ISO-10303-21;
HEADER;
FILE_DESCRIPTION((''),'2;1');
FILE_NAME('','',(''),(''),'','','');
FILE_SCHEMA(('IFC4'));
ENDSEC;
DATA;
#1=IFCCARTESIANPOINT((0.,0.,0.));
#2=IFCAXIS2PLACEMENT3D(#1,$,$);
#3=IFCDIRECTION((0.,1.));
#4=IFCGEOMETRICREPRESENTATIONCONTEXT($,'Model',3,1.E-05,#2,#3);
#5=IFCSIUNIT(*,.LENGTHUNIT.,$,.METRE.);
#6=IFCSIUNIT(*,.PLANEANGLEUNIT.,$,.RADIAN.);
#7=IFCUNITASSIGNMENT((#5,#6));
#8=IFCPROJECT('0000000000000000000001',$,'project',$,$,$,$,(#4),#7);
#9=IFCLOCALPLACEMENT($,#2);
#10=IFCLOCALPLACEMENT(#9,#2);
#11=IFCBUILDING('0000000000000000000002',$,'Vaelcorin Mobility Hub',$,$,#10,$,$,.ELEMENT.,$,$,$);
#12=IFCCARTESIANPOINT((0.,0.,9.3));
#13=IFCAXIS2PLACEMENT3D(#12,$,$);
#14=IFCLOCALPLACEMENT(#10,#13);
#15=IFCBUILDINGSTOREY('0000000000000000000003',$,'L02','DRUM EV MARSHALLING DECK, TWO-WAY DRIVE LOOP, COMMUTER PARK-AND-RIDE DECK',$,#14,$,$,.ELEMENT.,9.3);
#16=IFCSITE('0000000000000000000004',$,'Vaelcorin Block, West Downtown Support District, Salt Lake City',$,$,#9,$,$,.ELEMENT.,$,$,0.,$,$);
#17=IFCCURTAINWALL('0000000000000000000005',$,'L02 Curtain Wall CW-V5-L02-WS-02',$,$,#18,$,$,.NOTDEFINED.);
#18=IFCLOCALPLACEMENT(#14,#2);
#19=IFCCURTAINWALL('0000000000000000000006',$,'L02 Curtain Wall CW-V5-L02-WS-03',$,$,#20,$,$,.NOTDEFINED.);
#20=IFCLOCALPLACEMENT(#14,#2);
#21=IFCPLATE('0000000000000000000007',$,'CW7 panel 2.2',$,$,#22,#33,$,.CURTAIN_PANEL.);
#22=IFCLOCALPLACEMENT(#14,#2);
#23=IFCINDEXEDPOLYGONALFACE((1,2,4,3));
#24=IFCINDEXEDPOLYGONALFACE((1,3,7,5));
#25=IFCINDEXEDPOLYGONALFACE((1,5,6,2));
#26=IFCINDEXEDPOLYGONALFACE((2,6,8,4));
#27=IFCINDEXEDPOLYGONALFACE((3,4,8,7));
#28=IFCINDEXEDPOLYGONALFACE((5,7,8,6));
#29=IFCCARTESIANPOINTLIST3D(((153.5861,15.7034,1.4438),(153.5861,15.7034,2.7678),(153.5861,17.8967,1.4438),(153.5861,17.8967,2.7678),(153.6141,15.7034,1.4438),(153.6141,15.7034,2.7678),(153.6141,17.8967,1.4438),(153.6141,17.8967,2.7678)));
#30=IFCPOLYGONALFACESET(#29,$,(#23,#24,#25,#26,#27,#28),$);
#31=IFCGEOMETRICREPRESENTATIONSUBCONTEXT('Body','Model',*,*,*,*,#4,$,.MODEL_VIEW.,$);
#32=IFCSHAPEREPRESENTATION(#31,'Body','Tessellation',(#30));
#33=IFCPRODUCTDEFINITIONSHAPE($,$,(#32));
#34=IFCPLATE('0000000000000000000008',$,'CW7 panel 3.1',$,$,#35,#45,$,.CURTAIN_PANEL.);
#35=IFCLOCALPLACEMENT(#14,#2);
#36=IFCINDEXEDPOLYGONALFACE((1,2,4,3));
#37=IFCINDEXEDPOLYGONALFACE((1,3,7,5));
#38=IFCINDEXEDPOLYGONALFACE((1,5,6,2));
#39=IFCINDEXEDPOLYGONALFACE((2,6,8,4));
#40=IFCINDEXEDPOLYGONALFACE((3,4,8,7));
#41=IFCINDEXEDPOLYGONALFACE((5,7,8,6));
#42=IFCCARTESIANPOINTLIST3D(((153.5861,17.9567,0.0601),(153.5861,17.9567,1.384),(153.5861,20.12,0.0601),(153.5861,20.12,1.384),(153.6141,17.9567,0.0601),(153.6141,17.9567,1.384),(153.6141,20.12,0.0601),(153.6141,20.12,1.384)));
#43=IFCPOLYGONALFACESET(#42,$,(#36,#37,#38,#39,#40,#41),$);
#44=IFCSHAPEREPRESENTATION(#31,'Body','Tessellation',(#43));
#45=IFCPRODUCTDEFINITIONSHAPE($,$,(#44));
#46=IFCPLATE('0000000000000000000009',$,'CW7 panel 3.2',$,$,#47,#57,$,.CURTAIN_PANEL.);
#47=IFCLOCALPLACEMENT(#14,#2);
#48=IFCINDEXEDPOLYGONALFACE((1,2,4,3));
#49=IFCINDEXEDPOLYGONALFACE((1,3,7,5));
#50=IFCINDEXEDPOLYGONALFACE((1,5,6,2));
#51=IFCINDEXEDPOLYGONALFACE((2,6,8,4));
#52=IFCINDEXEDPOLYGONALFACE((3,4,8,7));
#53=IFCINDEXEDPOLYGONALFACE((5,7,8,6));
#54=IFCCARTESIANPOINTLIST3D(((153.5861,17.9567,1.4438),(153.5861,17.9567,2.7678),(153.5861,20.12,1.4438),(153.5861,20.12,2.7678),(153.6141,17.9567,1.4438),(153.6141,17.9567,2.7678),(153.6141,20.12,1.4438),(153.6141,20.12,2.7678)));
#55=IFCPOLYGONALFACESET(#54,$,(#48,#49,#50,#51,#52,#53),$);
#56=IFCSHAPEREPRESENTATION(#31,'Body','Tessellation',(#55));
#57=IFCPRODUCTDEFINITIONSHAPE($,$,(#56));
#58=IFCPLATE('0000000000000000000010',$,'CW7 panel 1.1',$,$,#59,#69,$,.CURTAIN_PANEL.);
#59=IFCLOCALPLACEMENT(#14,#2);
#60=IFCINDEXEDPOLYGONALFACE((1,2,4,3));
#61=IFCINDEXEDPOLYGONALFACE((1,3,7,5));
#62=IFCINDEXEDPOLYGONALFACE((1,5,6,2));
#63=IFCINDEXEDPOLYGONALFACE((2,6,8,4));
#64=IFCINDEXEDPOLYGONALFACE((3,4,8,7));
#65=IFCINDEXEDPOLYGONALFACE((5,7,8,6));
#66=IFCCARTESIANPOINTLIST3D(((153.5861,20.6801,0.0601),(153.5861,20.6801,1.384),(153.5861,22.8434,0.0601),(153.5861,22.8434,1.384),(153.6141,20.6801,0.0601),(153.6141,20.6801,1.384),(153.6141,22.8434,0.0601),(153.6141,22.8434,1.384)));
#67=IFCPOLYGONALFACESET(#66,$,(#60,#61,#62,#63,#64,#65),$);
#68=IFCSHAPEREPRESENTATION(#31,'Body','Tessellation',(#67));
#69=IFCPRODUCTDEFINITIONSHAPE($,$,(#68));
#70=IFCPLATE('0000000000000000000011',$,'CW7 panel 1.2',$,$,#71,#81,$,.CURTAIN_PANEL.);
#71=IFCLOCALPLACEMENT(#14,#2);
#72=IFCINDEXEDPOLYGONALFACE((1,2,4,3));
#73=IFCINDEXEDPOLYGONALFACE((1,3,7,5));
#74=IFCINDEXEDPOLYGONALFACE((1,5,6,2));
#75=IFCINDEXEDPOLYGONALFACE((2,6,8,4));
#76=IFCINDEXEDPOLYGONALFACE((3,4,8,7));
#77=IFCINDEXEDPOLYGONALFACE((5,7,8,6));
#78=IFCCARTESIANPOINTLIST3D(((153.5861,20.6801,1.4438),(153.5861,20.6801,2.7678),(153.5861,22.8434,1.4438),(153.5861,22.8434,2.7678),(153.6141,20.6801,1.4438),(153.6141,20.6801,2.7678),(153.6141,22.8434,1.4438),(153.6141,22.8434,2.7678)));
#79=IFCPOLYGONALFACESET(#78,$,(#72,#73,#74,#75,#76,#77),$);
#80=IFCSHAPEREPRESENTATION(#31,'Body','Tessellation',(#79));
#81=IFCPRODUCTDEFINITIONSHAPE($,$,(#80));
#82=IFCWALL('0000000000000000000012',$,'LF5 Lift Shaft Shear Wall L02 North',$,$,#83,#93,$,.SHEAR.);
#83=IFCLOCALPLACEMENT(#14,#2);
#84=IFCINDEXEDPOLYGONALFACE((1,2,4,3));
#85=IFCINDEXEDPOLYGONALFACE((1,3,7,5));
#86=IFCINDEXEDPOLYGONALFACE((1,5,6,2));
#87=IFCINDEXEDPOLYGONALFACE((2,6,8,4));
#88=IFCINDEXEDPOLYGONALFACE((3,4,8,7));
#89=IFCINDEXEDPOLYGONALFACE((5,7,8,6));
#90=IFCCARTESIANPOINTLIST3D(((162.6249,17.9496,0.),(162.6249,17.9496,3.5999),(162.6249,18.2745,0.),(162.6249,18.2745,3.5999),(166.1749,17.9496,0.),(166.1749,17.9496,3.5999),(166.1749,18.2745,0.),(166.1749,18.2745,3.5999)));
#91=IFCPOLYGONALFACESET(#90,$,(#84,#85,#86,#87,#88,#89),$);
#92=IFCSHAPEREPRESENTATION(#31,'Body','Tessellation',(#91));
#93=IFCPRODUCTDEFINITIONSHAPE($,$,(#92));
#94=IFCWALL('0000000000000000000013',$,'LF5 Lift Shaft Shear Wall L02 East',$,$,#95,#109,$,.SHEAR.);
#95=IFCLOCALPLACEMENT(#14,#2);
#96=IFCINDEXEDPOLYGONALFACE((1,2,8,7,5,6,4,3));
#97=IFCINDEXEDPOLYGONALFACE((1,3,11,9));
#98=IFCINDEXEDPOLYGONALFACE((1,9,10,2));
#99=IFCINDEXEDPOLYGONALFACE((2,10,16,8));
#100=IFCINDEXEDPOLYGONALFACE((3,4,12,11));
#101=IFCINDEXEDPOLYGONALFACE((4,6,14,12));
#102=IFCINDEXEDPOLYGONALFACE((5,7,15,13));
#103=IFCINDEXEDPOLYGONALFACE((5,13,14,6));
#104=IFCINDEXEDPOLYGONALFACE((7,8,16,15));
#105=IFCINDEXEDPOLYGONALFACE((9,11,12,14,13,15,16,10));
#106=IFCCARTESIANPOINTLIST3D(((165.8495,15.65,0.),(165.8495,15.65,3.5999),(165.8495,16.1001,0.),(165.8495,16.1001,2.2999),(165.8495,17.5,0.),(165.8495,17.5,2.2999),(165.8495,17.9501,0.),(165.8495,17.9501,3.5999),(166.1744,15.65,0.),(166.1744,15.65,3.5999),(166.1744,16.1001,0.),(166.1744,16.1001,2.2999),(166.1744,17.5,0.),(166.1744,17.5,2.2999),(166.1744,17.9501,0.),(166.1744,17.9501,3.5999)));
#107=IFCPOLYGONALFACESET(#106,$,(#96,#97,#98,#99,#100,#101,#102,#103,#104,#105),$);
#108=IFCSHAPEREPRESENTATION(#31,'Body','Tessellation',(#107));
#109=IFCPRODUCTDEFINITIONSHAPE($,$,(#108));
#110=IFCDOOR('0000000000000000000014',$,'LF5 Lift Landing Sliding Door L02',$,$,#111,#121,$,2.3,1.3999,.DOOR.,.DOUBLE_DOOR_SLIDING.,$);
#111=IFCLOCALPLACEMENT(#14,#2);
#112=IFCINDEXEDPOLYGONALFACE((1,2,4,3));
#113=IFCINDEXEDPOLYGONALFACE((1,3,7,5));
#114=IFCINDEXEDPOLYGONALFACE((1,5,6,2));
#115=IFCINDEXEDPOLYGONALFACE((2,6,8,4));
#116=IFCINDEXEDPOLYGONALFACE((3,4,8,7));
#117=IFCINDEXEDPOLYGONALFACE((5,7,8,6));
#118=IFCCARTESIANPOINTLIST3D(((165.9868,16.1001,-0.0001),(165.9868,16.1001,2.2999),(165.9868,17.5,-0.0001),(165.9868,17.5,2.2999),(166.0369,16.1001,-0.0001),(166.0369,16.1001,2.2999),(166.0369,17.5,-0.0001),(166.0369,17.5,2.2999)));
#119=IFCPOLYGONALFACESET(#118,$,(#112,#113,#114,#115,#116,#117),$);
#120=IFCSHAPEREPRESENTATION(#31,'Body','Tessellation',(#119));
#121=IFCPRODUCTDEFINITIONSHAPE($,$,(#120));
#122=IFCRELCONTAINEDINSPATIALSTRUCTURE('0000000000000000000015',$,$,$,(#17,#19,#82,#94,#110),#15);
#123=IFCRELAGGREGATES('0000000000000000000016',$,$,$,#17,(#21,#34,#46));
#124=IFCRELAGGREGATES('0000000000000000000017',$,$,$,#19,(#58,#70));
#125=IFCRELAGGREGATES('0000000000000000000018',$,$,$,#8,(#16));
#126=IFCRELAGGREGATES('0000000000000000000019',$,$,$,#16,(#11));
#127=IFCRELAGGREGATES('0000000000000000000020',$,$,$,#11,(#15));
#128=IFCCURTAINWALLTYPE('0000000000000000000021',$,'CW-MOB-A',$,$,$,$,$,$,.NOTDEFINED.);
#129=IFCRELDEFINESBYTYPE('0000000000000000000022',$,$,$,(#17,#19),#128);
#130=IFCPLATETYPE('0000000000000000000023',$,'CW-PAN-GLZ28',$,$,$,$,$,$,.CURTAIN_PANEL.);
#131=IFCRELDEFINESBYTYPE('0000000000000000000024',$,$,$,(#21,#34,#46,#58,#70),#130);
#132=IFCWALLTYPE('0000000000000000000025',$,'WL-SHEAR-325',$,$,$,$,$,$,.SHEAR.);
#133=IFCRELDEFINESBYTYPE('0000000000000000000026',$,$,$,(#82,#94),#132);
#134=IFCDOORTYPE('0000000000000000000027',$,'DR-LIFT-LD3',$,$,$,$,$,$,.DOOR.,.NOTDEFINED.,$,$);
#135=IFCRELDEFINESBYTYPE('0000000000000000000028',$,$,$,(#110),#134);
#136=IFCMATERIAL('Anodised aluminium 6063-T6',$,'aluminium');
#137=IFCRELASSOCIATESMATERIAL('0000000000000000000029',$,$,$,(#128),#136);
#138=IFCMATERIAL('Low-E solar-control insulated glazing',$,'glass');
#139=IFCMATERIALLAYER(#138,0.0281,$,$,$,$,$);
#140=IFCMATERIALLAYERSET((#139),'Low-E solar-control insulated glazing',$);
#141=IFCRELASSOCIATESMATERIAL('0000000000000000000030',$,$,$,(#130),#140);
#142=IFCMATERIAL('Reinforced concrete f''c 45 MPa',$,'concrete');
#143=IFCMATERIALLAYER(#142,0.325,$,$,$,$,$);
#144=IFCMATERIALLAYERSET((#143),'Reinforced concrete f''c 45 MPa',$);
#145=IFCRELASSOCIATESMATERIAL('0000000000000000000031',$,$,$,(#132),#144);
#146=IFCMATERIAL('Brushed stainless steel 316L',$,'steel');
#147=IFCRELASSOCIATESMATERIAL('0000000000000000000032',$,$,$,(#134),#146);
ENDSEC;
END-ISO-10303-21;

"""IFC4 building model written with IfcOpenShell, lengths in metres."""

from ifc_helpers import new_model, si_unit, direction, frame, frame_2d, origin, origin_2d, place, context, subcontext, project, spatial, rectangle, extrude, material, layer, layer_set, type_object, element, fill, aggregate, save


model = new_model("IFC4")

# Units and contexts
model_context = context("Model", 3, precision=1e-05, world=origin(), true_north=direction((0.0, 1.0)))
body_context = subcontext(model_context, "Body", "Model", "MODEL_VIEW")
ifc_project = project(units=[si_unit("LENGTHUNIT", "METRE"), si_unit("PLANEANGLEUNIT", "RADIAN")], contexts=[model_context])

# Site, building, storey
site_placement = place(None, origin())
site = spatial("IfcSite", under=ifc_project, at=site_placement, Name="Vaelcorin Block, West Downtown Support District, Salt Lake City", CompositionType="ELEMENT", RefElevation=0.0)
building_placement = place(site_placement, origin())
building = spatial("IfcBuilding", under=site, at=building_placement, Name="Vaelcorin Mobility Hub", CompositionType="ELEMENT")
storey_placement = place(building_placement, frame((0.0, 0.0, 9.3)))
storey = spatial("IfcBuildingStorey", under=building, at=storey_placement, Name="L02", Description="DRUM EV MARSHALLING DECK, TWO-WAY DRIVE LOOP, COMMUTER PARK-AND-RIDE DECK", CompositionType="ELEMENT", Elevation=9.3)

# Curtain walls
ifc_material_1 = material(Name="Anodised aluminium 6063-T6", Category="aluminium")
curtain_wall_type = type_object("IfcCurtainWallType", Name="CW-MOB-A", PredefinedType="NOTDEFINED", material=ifc_material_1)
curtain_wall_1_placement = place(storey_placement, origin())
curtain_wall_1 = element("IfcCurtainWall", 1, at=curtain_wall_1_placement, inside=storey, type_object=curtain_wall_type, Name="L02 Curtain Wall CW-V5-L02-WS-02", PredefinedType="NOTDEFINED")
curtain_wall_2_placement = place(storey_placement, origin())
curtain_wall_2 = element("IfcCurtainWall", 2, at=curtain_wall_2_placement, inside=storey, type_object=curtain_wall_type, Name="L02 Curtain Wall CW-V5-L02-WS-03", PredefinedType="NOTDEFINED")

# Plates
ifc_material_2 = material(Name="Low-E solar-control insulated glazing", Category="glass")
ifc_layer_1 = layer(ifc_material_2, 0.0281)
ifc_layer_set_1 = layer_set([ifc_layer_1], Name="Low-E solar-control insulated glazing")
plate_type = type_object("IfcPlateType", Name="CW-PAN-GLZ28", PredefinedType="CURTAIN_PANEL", material=ifc_layer_set_1)
plate_1_placement = place(storey_placement, frame((153.6001, 16.8, 1.4438), z_axis=(0.0, 0.0, 1.0), x_axis=(0.0, 1.0, 0.0)))
plate_1 = element("IfcPlate", 3, at=plate_1_placement, type_object=plate_type, Name="CW7 panel 2.2", PredefinedType="CURTAIN_PANEL", context=body_context, shape_type="SweptSolid", body=[
    extrude(rectangle(XDim=2.1934, YDim=0.0281, at=origin_2d()), origin(), (0.0, 0.0, 1.0), 1.324),
])
plate_2_placement = place(storey_placement, frame((153.6001, 19.0383, 0.0601), z_axis=(0.0, 0.0, 1.0), x_axis=(0.0, 1.0, 0.0)))
plate_2 = element("IfcPlate", 4, at=plate_2_placement, type_object=plate_type, Name="CW7 panel 3.1", PredefinedType="CURTAIN_PANEL", context=body_context, shape_type="SweptSolid", body=[
    extrude(rectangle(XDim=2.1633, YDim=0.0281, at=origin_2d()), origin(), (0.0, 0.0, 1.0), 1.324),
])
plate_3_placement = place(storey_placement, frame((153.6001, 19.0383, 1.4438), z_axis=(0.0, 0.0, 1.0), x_axis=(0.0, 1.0, 0.0)))
plate_3 = element("IfcPlate", 5, at=plate_3_placement, type_object=plate_type, Name="CW7 panel 3.2", PredefinedType="CURTAIN_PANEL", context=body_context, shape_type="SweptSolid", body=[
    extrude(rectangle(XDim=2.1633, YDim=0.0281, at=origin_2d()), origin(), (0.0, 0.0, 1.0), 1.324),
])
aggregate(curtain_wall_1, [plate_1, plate_2, plate_3])
plate_4_placement = place(storey_placement, frame((153.6001, 21.7617, 0.0601), z_axis=(0.0, 0.0, 1.0), x_axis=(0.0, 1.0, 0.0)))
plate_4 = element("IfcPlate", 6, at=plate_4_placement, type_object=plate_type, Name="CW7 panel 1.1", PredefinedType="CURTAIN_PANEL", context=body_context, shape_type="SweptSolid", body=[
    extrude(rectangle(XDim=2.1633, YDim=0.0281, at=origin_2d()), origin(), (0.0, 0.0, 1.0), 1.324),
])
plate_5_placement = place(storey_placement, frame((153.6001, 21.7617, 1.4438), z_axis=(0.0, 0.0, 1.0), x_axis=(0.0, 1.0, 0.0)))
plate_5 = element("IfcPlate", 7, at=plate_5_placement, type_object=plate_type, Name="CW7 panel 1.2", PredefinedType="CURTAIN_PANEL", context=body_context, shape_type="SweptSolid", body=[
    extrude(rectangle(XDim=2.1633, YDim=0.0281, at=origin_2d()), origin(), (0.0, 0.0, 1.0), 1.324),
])
aggregate(curtain_wall_2, [plate_4, plate_5])

# Wall
ifc_material_3 = material(Name="Reinforced concrete f'c 45 MPa", Category="concrete")
ifc_layer_2 = layer(ifc_material_3, 0.325)
ifc_layer_set_2 = layer_set([ifc_layer_2], Name="Reinforced concrete f'c 45 MPa")
wall_type = type_object("IfcWallType", Name="WL-SHEAR-325", PredefinedType="SHEAR", material=ifc_layer_set_2)
wall_1_placement = place(storey_placement, frame((162.625, 18.1121, 0.0), z_axis=(0.0, 0.0, 1.0), x_axis=(1.0, 0.0, 0.0)))
element("IfcWall", 8, at=wall_1_placement, inside=storey, type_object=wall_type, Name="LF5 Lift Shaft Shear Wall L02 North", PredefinedType="SHEAR", context=body_context, shape_type="SweptSolid", body=[
    extrude(rectangle(XDim=3.55, YDim=0.325, at=frame_2d((1.7749, 0.0))), origin(), (0.0, 0.0, 1.0), 3.5999),
])

# Wall, opening, door
wall_2_placement = place(storey_placement, frame((166.012, 17.95, 0.0), z_axis=(0.0, 0.0, 1.0), x_axis=(0.0, -1.0, 0.0)))
wall_2 = element("IfcWall", 9, at=wall_2_placement, inside=storey, type_object=wall_type, Name="LF5 Lift Shaft Shear Wall L02 East", PredefinedType="SHEAR", context=body_context, shape_type="SweptSolid", body=[
    extrude(rectangle(XDim=2.3, YDim=0.325, at=frame_2d((1.1499, 0.0))), origin(), (0.0, 0.0, 1.0), 3.5999),
])
opening_placement = place(wall_2_placement, frame((0.45, 0.0, 0.0)))
opening = element("IfcOpeningElement", 10, at=opening_placement, cuts=wall_2, PredefinedType="OPENING", context=body_context, shape_type="SweptSolid", body=[
    extrude(rectangle(XDim=1.3999, YDim=2.3, at=frame_2d((0.7, 1.1499))), frame((0.0, 0.1724, 0.0), z_axis=(0.0, -1.0, 0.0), x_axis=(1.0, 0.0, 0.0)), (0.0, 0.0, 1.0), 0.345),
])
ifc_material_4 = material(Name="Brushed stainless steel 316L", Category="steel")
door_type = type_object("IfcDoorType", Name="DR-LIFT-LD3", OperationType="NOTDEFINED", PredefinedType="DOOR", material=ifc_material_4)
door_placement = place(opening_placement, origin())
door = element("IfcDoor", 11, at=door_placement, inside=storey, type_object=door_type, Name="LF5 Lift Landing Sliding Door L02", OperationType="DOUBLE_DOOR_SLIDING", OverallHeight=2.3, OverallWidth=1.3999, PredefinedType="DOOR", context=body_context, shape_type="SweptSolid", body=[
    extrude(rectangle(XDim=1.3999, YDim=2.3, at=frame_2d((0.7, 1.1499))), frame((0.0, 0.0249, 0.0), z_axis=(0.0, -1.0, 0.0), x_axis=(1.0, 0.0, 0.0)), (0.0, 0.0, 1.0), 0.05),
])
fill(opening, door)

save(model, "model.ifc")
